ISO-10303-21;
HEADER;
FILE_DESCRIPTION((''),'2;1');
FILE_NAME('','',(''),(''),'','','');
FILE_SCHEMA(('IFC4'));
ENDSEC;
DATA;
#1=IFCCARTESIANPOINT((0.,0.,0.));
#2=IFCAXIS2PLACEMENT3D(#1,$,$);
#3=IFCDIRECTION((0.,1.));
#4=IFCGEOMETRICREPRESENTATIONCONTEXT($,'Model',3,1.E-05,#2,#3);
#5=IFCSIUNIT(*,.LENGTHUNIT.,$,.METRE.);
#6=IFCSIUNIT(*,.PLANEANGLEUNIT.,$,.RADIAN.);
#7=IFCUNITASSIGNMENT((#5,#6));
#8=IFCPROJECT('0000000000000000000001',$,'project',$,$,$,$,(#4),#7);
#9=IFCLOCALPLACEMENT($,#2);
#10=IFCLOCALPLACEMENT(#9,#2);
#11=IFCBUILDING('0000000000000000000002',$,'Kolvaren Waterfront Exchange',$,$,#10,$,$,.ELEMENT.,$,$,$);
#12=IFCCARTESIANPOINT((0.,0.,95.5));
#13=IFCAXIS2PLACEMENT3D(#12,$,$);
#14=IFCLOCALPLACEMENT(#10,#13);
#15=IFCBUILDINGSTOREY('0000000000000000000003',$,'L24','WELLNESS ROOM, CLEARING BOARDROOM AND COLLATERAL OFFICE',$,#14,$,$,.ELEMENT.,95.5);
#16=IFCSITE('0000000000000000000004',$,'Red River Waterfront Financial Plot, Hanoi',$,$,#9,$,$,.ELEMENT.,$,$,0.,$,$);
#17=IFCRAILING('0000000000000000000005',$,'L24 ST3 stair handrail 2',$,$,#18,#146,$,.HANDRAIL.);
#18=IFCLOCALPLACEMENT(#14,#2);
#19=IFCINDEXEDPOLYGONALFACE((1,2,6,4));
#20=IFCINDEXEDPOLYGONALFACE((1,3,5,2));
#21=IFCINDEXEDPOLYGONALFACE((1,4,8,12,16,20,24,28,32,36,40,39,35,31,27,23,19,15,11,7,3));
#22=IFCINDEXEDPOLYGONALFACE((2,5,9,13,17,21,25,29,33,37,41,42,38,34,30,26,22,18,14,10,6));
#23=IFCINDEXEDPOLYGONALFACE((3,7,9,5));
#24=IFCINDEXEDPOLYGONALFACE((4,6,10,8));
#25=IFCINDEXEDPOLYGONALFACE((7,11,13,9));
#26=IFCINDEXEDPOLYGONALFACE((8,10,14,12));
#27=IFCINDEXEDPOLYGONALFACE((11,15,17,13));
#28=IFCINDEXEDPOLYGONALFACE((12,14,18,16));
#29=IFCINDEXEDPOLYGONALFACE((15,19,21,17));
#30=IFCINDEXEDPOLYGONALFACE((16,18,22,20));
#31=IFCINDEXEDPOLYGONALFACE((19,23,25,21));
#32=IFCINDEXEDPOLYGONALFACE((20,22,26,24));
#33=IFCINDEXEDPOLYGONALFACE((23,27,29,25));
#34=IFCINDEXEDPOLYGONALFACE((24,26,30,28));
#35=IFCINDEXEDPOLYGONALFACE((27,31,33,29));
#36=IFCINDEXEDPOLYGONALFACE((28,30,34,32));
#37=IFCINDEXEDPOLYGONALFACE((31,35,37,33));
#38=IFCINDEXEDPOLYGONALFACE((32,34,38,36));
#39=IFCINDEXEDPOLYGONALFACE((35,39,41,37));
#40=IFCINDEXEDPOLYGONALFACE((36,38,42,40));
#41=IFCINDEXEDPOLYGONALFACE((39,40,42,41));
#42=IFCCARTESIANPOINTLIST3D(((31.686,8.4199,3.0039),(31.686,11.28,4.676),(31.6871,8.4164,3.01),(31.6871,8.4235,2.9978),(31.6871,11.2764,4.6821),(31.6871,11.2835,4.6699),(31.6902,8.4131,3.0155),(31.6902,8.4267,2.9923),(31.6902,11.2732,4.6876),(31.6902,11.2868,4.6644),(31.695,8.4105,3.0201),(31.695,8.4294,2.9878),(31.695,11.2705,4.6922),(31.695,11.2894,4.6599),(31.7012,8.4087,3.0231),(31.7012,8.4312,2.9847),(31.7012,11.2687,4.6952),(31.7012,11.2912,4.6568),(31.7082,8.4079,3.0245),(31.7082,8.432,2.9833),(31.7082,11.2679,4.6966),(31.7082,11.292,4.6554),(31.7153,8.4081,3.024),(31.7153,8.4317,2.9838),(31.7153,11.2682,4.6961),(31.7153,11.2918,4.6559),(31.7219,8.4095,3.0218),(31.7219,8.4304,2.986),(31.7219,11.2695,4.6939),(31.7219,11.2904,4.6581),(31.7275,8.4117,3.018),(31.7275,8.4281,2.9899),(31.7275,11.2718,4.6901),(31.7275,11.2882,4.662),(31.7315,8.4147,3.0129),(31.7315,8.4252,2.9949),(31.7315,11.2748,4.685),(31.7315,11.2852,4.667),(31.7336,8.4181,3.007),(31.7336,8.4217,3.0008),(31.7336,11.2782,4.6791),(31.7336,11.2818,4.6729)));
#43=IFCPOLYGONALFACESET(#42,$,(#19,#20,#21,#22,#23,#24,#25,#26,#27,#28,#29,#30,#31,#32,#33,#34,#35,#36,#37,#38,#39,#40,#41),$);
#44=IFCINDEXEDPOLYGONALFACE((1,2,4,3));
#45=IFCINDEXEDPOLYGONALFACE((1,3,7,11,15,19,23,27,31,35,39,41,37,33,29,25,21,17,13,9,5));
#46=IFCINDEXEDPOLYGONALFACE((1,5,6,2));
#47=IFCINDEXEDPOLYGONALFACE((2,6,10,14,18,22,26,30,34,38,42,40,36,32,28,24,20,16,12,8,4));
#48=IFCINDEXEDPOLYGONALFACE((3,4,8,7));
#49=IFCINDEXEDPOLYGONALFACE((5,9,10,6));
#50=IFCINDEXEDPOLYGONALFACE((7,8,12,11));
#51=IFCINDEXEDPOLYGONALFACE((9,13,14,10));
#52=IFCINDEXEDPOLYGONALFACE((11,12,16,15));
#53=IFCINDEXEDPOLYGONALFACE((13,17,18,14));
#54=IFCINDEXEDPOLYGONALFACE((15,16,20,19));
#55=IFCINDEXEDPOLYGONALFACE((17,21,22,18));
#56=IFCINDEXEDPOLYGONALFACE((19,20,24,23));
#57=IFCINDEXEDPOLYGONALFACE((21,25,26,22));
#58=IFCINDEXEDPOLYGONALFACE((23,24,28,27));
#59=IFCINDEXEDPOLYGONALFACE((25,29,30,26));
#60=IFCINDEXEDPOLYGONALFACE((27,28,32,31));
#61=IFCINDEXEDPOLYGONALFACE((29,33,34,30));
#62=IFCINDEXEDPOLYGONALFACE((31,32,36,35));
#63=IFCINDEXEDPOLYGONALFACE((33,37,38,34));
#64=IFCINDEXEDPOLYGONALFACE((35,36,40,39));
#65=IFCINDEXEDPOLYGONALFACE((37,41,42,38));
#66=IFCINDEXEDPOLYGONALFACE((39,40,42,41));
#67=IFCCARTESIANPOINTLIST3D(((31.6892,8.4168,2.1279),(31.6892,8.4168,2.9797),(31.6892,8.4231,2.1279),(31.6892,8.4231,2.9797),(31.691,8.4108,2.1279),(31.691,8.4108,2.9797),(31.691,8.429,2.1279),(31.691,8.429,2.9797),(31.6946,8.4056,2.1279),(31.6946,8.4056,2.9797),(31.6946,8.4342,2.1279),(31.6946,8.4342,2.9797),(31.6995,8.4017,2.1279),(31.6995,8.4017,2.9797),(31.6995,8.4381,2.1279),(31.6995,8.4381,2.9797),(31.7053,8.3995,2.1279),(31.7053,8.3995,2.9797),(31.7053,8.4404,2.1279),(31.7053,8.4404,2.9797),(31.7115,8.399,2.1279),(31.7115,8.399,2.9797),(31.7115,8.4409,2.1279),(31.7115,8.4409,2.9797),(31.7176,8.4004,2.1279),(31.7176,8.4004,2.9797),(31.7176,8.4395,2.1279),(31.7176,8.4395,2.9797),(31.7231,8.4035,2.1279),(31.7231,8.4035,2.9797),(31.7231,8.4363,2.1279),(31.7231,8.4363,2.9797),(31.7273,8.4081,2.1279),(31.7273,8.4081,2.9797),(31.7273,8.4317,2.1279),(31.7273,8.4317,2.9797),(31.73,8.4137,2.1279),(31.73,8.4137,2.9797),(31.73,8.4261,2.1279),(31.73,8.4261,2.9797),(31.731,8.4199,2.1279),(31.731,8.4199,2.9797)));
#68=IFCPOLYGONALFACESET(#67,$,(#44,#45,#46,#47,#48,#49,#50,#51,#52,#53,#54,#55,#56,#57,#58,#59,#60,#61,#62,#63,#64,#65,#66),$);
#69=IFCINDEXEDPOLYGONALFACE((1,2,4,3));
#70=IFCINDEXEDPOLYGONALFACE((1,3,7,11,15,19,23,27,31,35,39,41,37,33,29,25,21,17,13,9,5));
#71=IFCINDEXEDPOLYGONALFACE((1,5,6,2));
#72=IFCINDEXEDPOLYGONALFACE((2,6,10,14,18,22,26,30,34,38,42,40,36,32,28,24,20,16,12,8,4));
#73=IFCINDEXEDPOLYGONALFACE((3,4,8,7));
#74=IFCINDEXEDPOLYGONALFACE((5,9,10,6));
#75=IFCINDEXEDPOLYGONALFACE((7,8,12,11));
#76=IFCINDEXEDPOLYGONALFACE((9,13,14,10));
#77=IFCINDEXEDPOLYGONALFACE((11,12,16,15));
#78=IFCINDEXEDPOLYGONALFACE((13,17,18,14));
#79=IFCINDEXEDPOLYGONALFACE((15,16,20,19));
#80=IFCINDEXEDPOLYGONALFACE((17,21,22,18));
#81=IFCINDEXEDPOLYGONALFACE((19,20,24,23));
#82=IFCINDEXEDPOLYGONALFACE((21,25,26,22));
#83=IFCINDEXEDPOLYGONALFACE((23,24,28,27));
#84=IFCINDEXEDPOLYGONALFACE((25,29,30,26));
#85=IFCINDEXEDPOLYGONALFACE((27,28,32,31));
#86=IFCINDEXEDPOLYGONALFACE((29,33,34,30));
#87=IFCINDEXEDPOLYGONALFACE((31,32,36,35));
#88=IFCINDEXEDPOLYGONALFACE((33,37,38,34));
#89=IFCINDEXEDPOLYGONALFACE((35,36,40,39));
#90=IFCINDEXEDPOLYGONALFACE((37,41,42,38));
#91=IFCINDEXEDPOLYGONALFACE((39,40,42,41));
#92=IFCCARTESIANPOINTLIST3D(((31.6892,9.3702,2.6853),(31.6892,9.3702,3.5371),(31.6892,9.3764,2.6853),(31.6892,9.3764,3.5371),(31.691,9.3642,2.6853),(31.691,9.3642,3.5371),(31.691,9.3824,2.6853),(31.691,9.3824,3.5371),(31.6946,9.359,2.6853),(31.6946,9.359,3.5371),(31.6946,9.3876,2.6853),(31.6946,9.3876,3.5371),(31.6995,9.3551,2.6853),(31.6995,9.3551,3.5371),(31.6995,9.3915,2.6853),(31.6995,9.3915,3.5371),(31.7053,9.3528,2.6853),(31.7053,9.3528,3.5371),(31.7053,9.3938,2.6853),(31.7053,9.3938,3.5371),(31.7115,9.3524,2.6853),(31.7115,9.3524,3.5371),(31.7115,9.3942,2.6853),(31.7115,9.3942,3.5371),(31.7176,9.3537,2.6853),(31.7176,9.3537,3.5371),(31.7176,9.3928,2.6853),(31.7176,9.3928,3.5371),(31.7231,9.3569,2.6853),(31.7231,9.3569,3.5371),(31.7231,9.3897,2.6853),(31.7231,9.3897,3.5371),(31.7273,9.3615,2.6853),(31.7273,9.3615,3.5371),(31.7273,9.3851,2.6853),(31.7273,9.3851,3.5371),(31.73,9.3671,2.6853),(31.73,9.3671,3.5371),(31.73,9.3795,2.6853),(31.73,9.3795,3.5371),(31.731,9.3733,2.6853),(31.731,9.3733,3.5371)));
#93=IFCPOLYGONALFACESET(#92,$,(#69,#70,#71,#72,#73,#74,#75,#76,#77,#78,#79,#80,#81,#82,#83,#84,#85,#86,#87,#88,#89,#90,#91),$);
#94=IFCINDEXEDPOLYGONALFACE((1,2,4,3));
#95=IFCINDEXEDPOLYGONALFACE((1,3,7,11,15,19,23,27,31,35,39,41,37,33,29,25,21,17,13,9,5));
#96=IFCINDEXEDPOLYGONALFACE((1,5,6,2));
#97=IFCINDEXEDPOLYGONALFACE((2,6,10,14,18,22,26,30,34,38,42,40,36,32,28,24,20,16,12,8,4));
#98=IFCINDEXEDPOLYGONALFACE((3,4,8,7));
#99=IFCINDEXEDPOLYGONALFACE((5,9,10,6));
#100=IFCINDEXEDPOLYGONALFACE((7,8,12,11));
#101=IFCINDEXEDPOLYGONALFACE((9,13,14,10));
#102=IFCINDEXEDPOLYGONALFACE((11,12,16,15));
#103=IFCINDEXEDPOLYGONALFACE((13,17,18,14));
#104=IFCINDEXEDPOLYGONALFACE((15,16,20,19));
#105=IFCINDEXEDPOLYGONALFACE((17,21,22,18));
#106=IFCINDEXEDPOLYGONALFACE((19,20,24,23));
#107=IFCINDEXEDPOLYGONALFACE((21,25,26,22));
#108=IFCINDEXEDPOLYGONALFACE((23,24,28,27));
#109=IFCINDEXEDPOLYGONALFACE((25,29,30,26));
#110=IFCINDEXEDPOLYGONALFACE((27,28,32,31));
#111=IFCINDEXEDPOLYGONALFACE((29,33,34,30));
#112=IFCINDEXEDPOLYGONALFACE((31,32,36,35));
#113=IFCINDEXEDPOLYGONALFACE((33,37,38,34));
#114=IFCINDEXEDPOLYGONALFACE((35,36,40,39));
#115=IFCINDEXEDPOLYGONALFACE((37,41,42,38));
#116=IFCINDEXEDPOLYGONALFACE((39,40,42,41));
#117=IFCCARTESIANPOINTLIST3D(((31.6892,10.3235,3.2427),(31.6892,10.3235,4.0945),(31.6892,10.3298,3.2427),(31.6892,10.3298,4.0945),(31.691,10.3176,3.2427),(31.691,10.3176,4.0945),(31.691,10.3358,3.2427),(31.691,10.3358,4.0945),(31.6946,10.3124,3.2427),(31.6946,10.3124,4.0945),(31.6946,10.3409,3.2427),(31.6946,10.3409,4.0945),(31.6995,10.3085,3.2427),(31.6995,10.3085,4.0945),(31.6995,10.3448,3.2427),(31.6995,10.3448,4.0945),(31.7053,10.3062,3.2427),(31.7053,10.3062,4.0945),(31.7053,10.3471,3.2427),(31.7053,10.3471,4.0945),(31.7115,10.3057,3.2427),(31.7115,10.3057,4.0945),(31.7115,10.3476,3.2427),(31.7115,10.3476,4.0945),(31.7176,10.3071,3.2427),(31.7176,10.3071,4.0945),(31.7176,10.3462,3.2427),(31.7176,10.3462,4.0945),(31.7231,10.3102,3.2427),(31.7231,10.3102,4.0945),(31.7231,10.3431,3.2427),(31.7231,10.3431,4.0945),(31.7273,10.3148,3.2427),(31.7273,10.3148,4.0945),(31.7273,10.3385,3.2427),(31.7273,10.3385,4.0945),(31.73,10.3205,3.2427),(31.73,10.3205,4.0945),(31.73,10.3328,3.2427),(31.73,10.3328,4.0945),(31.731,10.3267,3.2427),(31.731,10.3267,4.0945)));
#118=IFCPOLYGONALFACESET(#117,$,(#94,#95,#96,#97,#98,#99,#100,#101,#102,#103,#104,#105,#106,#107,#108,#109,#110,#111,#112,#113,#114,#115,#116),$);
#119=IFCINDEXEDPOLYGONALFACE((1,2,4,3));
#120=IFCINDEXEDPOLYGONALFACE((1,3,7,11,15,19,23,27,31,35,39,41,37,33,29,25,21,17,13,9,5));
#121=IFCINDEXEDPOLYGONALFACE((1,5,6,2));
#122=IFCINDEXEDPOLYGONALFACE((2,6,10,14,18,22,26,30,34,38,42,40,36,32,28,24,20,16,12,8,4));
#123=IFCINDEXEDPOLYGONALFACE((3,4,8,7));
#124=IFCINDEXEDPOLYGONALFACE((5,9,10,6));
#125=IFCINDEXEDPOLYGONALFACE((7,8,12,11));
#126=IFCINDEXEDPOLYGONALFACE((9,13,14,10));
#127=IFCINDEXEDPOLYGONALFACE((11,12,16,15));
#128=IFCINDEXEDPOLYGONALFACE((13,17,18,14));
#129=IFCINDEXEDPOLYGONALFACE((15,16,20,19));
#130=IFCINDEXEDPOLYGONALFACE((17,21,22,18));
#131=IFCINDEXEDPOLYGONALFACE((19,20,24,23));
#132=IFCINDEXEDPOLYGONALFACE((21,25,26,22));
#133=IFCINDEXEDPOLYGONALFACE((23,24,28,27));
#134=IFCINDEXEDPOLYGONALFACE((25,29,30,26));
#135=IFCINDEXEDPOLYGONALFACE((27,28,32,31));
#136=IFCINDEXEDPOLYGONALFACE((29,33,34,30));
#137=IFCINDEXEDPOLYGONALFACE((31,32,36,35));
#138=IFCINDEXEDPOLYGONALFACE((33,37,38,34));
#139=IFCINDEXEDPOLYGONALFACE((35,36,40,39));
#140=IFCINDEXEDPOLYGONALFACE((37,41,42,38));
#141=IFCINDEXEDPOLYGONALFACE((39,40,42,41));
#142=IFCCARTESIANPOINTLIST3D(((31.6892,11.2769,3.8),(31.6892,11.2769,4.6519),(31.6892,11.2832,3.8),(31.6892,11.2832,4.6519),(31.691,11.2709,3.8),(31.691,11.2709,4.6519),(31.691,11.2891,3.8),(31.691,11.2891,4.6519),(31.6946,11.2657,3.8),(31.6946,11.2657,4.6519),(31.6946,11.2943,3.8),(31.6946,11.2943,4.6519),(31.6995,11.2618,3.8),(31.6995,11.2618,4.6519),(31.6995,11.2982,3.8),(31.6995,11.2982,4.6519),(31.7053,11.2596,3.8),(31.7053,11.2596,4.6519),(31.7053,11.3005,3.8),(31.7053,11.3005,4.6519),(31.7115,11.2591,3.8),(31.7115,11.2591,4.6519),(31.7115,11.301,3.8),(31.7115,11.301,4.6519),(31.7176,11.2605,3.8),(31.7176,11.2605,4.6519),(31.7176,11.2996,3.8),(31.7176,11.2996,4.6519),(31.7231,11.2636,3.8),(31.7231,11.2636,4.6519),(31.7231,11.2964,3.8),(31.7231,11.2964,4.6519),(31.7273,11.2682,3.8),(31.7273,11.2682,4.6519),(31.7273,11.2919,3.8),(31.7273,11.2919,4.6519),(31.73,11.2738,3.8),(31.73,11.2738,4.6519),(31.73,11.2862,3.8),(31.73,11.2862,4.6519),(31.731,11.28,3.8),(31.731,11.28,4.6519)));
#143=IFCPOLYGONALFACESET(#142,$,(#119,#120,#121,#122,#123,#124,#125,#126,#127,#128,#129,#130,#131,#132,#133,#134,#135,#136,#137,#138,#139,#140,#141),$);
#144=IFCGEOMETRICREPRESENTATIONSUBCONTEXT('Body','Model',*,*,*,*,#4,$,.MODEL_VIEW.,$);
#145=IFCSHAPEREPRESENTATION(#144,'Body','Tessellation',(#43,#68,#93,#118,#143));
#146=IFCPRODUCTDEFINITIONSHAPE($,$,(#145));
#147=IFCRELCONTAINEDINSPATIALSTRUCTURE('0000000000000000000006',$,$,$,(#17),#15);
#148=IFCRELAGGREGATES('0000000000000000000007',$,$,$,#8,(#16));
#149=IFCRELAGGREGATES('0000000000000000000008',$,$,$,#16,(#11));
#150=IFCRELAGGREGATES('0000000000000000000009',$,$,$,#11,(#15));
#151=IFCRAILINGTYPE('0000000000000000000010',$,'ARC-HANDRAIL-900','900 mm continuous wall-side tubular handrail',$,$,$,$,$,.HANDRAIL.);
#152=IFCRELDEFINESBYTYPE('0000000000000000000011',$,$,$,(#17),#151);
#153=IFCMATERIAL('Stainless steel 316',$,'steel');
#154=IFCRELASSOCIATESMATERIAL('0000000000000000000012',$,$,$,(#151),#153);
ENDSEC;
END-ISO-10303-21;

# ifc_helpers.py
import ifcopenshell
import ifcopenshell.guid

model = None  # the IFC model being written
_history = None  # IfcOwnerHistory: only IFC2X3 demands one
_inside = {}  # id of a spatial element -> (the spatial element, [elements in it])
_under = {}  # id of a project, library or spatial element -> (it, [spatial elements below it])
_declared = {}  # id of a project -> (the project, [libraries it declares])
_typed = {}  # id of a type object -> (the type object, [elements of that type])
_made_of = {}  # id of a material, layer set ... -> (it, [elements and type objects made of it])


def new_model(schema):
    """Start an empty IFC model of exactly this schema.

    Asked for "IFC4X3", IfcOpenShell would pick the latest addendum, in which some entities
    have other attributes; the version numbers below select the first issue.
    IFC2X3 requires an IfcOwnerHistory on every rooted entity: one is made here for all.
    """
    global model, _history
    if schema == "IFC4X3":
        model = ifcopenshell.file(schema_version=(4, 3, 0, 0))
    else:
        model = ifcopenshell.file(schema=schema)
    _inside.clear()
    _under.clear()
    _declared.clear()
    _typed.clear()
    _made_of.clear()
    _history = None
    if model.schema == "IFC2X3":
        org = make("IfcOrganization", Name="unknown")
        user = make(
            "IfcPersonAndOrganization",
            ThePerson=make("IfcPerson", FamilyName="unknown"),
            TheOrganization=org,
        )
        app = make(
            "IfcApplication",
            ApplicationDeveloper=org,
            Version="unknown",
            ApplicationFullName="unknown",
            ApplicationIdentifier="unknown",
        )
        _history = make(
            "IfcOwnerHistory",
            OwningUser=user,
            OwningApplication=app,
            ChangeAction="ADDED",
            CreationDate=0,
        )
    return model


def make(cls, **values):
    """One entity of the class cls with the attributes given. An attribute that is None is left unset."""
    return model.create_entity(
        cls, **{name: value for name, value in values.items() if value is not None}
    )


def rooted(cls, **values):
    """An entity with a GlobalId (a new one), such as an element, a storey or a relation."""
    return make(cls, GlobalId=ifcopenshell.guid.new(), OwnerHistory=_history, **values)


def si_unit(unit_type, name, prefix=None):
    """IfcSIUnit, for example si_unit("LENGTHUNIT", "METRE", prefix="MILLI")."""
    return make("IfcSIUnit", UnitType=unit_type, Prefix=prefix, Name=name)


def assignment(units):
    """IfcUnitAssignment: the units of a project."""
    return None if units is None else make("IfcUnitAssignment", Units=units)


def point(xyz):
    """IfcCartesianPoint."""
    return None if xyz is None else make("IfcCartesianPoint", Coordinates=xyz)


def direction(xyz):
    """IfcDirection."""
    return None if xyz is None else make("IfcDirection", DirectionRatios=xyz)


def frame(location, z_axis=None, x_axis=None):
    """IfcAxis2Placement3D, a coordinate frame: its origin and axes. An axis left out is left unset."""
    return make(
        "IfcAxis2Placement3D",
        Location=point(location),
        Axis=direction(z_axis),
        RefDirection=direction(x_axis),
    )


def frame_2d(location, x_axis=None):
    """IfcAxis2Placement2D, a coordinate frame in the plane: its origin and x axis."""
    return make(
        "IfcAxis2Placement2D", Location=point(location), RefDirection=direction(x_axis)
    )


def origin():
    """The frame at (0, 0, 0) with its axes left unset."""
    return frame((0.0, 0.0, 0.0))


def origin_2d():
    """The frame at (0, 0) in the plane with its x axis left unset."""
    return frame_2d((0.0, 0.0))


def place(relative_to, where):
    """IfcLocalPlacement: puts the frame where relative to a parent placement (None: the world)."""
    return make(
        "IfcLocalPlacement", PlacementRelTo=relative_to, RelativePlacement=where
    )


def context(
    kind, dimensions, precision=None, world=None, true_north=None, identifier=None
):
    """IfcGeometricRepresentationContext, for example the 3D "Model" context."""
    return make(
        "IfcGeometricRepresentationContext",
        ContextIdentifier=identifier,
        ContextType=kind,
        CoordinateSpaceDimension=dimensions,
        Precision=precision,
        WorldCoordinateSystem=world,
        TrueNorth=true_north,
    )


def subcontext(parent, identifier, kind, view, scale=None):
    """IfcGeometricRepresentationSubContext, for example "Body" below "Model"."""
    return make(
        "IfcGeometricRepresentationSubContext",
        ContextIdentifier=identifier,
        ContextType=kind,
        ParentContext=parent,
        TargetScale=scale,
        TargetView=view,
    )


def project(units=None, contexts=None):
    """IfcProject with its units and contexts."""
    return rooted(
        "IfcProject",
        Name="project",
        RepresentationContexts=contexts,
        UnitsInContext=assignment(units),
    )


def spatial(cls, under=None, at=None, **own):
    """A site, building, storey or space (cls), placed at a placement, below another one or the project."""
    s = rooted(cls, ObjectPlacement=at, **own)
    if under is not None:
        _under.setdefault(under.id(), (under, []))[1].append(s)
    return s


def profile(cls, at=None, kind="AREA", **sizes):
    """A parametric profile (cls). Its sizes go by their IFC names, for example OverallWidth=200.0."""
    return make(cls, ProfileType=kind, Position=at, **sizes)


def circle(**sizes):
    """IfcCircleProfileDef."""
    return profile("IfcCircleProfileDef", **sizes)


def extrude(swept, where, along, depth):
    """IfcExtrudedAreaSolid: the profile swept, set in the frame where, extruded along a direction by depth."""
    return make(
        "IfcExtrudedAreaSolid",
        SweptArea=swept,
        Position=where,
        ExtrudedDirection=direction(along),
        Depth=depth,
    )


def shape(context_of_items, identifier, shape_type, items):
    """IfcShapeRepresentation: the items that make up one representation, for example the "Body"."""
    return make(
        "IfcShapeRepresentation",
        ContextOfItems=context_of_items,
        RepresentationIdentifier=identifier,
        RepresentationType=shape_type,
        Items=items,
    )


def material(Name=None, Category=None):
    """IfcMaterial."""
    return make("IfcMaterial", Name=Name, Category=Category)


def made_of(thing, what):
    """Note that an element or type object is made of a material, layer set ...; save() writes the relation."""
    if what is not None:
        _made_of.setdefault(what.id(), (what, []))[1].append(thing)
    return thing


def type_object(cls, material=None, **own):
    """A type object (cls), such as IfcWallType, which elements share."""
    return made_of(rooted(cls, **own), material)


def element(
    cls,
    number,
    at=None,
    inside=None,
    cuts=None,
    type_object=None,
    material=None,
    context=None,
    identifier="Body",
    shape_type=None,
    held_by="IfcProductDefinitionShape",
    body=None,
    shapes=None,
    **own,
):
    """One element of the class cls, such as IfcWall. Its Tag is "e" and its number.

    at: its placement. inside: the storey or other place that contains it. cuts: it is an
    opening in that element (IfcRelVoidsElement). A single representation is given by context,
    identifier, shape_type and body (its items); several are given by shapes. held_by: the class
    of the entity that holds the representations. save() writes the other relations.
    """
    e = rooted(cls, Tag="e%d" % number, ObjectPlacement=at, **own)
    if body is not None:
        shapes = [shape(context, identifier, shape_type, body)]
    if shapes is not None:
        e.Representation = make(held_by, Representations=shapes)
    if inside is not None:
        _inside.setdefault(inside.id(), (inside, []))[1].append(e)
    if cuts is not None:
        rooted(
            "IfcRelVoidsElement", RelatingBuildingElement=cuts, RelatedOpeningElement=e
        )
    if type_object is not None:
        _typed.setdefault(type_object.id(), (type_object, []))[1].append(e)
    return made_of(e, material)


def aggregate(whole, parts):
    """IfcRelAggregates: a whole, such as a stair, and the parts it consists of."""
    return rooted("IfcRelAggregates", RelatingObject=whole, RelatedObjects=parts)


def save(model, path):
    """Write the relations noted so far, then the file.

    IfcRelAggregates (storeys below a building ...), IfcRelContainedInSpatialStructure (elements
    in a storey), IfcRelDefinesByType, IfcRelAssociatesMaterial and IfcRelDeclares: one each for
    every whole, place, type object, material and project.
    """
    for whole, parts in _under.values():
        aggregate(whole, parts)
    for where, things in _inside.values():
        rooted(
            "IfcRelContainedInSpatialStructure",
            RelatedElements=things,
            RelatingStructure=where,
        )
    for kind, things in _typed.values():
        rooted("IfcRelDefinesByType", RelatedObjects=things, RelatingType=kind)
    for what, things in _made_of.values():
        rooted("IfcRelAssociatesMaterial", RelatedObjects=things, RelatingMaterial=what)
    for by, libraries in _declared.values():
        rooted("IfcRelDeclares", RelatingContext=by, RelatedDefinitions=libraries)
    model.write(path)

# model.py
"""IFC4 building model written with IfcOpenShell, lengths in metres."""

from ifc_helpers import new_model, si_unit, direction, frame, origin, origin_2d, place, context, subcontext, project, spatial, circle, extrude, material, type_object, element, save


model = new_model("IFC4")

# Units and contexts
model_context = context("Model", 3, precision=1e-05, world=origin(), true_north=direction((0.0, 1.0)))
body_context = subcontext(model_context, "Body", "Model", "MODEL_VIEW")
ifc_project = project(units=[si_unit("LENGTHUNIT", "METRE"), si_unit("PLANEANGLEUNIT", "RADIAN")], contexts=[model_context])

# Site, building, storey
site_placement = place(None, origin())
site = spatial("IfcSite", under=ifc_project, at=site_placement, Name="Red River Waterfront Financial Plot, Hanoi", CompositionType="ELEMENT", RefElevation=0.0)
building_placement = place(site_placement, origin())
building = spatial("IfcBuilding", under=site, at=building_placement, Name="Kolvaren Waterfront Exchange", CompositionType="ELEMENT")
storey_placement = place(building_placement, frame((0.0, 0.0, 95.5)))
storey = spatial("IfcBuildingStorey", under=building, at=storey_placement, Name="L24", Description="WELLNESS ROOM, CLEARING BOARDROOM AND COLLATERAL OFFICE", CompositionType="ELEMENT", Elevation=95.5)

# Railing
ifc_material_1 = material(Name="Stainless steel 316", Category="steel")
railing_type_1 = type_object("IfcRailingType", Name="ARC-HANDRAIL-900", Description="900 mm continuous wall-side tubular handrail", PredefinedType="HANDRAIL", material=ifc_material_1)
railing_1_placement = place(storey_placement, frame((31.71, 8.4199, 2.1279)))
element("IfcRailing", 1, at=railing_1_placement, inside=storey, type_object=railing_type_1, Name="L24 ST3 stair handrail 2", PredefinedType="HANDRAIL", context=body_context, shape_type="SweptSolid", body=[
    extrude(circle(Radius=0.0239, at=origin_2d()), frame((0.0, 0.0, 0.876), z_axis=(0.0, 0.863289, 0.504709), x_axis=(-1.0, 0.0, 0.0)), (0.0, 0.0, 1.0), 3.313),
    extrude(circle(Radius=0.021, at=origin_2d()), origin(), (0.0, 0.0, 1.0), 0.8518),
    extrude(circle(Radius=0.021, at=origin_2d()), frame((0.0, 0.9534, 0.5574)), (0.0, 0.0, 1.0), 0.8518),
    extrude(circle(Radius=0.021, at=origin_2d()), frame((0.0, 1.9067, 1.1147)), (0.0, 0.0, 1.0), 0.8518),
    extrude(circle(Radius=0.021, at=origin_2d()), frame((0.0, 2.8601, 1.6721)), (0.0, 0.0, 1.0), 0.8518),
])

save(model, "model.ifc")
